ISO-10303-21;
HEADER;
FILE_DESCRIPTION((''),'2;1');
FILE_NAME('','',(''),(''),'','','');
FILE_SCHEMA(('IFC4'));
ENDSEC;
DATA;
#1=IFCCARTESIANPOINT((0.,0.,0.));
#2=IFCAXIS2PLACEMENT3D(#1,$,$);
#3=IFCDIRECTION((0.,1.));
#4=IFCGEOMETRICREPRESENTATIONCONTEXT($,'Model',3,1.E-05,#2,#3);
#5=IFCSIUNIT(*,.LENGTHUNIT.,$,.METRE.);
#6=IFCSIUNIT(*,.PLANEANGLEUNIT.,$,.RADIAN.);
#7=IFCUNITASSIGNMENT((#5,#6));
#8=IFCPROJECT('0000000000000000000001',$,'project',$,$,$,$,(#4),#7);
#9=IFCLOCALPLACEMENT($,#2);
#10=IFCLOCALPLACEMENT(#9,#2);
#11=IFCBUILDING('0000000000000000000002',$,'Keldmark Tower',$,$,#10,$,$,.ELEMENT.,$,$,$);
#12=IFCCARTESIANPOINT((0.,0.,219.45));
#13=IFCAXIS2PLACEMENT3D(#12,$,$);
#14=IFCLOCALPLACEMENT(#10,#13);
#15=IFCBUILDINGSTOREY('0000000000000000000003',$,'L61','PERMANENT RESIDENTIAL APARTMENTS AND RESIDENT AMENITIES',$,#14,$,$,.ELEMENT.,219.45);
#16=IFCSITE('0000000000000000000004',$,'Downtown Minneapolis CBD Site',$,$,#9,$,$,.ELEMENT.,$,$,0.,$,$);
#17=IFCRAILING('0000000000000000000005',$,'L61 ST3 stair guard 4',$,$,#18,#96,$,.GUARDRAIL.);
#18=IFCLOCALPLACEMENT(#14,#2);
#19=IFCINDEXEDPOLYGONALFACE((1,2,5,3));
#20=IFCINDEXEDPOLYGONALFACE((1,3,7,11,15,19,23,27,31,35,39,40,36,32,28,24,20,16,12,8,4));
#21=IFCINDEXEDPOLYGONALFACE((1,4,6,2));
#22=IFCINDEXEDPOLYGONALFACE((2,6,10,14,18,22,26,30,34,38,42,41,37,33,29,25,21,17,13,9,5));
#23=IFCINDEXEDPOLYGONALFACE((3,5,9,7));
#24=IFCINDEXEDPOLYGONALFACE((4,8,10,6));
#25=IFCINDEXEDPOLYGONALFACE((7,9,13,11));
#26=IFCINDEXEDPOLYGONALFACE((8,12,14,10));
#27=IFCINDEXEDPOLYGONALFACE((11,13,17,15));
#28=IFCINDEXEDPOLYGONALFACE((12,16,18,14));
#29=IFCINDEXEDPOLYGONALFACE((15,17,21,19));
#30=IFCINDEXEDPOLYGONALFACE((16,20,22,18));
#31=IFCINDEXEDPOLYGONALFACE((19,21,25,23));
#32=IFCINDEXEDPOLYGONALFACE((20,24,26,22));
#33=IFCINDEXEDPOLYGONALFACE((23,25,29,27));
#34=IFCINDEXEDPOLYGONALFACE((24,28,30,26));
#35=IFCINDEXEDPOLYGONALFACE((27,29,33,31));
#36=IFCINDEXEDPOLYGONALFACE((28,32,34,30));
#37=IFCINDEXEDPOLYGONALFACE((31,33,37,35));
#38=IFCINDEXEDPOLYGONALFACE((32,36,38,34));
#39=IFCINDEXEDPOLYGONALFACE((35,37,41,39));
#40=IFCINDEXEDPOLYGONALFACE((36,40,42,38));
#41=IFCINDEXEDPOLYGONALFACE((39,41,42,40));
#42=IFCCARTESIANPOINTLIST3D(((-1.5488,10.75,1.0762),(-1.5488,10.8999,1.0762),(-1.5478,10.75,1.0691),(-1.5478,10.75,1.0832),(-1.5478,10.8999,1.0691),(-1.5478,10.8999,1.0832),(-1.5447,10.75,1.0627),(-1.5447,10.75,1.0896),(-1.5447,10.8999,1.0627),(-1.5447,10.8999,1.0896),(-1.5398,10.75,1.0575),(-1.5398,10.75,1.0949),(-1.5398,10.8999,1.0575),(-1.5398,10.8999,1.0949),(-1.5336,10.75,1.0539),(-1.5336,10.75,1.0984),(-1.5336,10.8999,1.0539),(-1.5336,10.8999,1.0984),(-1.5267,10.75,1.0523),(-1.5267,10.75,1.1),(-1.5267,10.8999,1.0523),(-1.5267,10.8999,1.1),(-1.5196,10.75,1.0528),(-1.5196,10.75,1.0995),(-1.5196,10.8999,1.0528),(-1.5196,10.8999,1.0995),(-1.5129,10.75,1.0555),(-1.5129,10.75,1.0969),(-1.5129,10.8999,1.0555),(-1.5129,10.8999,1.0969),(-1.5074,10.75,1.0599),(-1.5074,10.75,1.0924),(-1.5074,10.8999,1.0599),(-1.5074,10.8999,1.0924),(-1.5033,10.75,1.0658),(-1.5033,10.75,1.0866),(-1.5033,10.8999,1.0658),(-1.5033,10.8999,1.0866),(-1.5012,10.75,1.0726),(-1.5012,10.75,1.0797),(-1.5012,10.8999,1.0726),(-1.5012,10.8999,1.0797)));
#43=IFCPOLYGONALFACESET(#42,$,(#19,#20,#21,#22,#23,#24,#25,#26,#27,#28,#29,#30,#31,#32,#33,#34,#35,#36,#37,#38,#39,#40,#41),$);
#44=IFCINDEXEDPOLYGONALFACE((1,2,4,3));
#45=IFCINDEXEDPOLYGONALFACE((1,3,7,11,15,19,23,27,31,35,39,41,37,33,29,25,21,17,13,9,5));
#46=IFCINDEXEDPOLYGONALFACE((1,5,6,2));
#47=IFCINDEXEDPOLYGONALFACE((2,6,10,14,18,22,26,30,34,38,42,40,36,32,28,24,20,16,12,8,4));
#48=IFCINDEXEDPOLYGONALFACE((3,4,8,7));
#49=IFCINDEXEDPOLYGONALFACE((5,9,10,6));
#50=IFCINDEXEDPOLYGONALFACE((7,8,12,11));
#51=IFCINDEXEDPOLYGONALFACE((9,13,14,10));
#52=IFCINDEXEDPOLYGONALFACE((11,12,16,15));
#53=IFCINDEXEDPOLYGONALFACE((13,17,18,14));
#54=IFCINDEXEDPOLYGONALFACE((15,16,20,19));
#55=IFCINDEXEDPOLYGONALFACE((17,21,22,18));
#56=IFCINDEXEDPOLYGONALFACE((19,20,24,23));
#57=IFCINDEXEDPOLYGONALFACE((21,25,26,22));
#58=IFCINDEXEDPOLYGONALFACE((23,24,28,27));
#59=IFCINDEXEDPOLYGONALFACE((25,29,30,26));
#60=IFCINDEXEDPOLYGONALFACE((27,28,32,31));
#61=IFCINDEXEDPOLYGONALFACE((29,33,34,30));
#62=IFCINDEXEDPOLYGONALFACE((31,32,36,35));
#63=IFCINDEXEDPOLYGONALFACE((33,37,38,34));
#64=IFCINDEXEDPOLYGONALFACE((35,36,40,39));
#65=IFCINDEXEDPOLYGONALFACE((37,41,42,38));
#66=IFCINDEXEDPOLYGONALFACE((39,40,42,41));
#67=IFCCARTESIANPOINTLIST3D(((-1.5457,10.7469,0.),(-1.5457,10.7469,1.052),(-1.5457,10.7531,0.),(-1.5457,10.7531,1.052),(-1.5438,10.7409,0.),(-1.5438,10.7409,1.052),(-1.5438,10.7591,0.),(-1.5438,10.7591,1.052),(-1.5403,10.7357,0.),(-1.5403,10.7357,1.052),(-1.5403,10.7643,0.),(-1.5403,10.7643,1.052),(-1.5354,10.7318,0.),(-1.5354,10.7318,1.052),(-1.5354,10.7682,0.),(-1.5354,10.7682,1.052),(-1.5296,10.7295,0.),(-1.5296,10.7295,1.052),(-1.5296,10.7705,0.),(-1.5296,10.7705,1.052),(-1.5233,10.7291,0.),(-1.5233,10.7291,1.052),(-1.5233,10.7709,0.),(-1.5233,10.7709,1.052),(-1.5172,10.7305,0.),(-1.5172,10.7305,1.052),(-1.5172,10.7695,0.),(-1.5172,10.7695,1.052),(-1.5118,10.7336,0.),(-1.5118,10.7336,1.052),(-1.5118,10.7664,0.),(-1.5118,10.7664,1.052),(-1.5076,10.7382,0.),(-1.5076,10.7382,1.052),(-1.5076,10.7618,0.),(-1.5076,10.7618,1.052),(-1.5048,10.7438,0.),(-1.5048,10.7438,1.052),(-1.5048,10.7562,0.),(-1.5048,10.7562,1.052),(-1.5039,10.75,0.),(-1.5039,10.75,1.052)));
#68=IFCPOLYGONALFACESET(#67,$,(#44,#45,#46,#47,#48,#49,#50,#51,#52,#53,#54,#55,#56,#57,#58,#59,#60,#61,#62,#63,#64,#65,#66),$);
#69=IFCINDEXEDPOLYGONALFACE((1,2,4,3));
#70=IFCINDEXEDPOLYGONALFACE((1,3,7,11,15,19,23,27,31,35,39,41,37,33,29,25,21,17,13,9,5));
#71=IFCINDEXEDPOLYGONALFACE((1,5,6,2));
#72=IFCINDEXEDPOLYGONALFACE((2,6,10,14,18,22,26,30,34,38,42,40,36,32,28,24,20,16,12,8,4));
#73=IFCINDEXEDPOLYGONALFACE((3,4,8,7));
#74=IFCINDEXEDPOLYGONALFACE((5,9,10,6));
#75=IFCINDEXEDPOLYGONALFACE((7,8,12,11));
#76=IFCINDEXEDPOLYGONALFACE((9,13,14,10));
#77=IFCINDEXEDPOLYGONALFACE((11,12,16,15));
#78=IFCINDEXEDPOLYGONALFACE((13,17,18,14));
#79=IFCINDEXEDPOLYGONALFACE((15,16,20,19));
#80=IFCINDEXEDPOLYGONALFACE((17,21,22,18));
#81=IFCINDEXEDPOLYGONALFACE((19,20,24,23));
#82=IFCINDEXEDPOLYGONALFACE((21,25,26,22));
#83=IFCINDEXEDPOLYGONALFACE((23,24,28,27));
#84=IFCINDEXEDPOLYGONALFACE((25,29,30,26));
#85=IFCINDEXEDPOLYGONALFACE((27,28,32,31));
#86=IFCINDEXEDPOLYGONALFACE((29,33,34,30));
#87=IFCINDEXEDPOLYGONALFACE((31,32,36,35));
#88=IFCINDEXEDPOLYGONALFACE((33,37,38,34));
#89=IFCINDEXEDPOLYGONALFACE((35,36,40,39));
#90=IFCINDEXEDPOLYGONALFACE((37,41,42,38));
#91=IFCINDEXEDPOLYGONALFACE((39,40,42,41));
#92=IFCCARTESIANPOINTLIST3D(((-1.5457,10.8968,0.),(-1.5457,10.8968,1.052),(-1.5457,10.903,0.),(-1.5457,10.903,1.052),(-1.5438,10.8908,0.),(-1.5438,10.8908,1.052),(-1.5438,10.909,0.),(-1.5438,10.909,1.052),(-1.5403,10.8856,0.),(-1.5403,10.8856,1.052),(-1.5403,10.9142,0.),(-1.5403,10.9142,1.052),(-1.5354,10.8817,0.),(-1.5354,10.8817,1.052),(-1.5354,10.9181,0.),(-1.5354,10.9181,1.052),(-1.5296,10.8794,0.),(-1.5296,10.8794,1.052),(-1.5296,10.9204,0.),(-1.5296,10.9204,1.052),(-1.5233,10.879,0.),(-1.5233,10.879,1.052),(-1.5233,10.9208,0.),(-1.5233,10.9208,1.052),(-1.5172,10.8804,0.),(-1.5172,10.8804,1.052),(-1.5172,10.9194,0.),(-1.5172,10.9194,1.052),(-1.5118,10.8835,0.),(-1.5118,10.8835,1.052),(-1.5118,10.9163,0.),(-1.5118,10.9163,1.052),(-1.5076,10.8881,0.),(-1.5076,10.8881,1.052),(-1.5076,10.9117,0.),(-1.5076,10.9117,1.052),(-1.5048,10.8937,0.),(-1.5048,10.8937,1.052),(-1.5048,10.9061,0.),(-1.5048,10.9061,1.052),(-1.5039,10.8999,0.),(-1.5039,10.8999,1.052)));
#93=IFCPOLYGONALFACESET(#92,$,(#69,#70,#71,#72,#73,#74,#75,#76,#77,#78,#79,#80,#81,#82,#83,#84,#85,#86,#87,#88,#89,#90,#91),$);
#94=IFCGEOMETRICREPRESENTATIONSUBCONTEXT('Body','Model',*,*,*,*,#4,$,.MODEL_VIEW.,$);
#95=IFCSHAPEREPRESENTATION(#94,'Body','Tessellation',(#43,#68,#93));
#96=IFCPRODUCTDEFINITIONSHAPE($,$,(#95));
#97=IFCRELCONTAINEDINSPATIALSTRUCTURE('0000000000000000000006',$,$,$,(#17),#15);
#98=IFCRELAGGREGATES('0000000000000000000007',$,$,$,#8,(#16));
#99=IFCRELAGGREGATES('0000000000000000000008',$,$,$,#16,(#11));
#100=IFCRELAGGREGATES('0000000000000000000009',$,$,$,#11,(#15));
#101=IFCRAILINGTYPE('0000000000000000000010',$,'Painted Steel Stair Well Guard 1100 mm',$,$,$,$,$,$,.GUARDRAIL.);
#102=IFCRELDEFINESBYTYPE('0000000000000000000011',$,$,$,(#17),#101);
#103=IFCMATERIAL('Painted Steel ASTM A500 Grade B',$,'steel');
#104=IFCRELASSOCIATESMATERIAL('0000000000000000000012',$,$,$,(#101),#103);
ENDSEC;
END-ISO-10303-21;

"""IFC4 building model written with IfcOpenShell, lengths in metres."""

from ifc_helpers import new_model, si_unit, direction, frame, origin, origin_2d, place, context, subcontext, project, spatial, circle, extrude, material, type_object, element, save


model = new_model("IFC4")

# Units and contexts
model_context = context("Model", 3, precision=1e-05, world=origin(), true_north=direction((0.0, 1.0)))
body_context = subcontext(model_context, "Body", "Model", "MODEL_VIEW")
ifc_project = project(units=[si_unit("LENGTHUNIT", "METRE"), si_unit("PLANEANGLEUNIT", "RADIAN")], contexts=[model_context])

# Site, building, storey
site_placement = place(None, origin())
site = spatial("IfcSite", under=ifc_project, at=site_placement, Name="Downtown Minneapolis CBD Site", CompositionType="ELEMENT", RefElevation=0.0)
building_placement = place(site_placement, origin())
building = spatial("IfcBuilding", under=site, at=building_placement, Name="Keldmark Tower", CompositionType="ELEMENT")
storey_placement = place(building_placement, frame((0.0, 0.0, 219.45)))
storey = spatial("IfcBuildingStorey", under=building, at=storey_placement, Name="L61", Description="PERMANENT RESIDENTIAL APARTMENTS AND RESIDENT AMENITIES", CompositionType="ELEMENT", Elevation=219.45)

# Railing
ifc_material_1 = material(Name="Painted Steel ASTM A500 Grade B", Category="steel")
railing_type_1 = type_object("IfcRailingType", Name="Painted Steel Stair Well Guard 1100 mm", PredefinedType="GUARDRAIL", material=ifc_material_1)
railing_1_placement = place(storey_placement, frame((-1.5249, 10.75, 0.0)))
element("IfcRailing", 1, at=railing_1_placement, inside=storey, type_object=railing_type_1, Name="L61 ST3 stair guard 4", PredefinedType="GUARDRAIL", context=body_context, shape_type="SweptSolid", body=[
    extrude(circle(Radius=0.0239, at=origin_2d()), frame((0.0, 0.0, 1.0762), z_axis=(0.0, 1.0, 0.0), x_axis=(-1.0, 0.0, 0.0)), (0.0, 0.0, 1.0), 0.1499),
    extrude(circle(Radius=0.021, at=origin_2d()), origin(), (0.0, 0.0, 1.0), 1.052),
    extrude(circle(Radius=0.021, at=origin_2d()), frame((0.0, 0.1499, 0.0)), (0.0, 0.0, 1.0), 1.052),
])

save(model, "model.ifc")
